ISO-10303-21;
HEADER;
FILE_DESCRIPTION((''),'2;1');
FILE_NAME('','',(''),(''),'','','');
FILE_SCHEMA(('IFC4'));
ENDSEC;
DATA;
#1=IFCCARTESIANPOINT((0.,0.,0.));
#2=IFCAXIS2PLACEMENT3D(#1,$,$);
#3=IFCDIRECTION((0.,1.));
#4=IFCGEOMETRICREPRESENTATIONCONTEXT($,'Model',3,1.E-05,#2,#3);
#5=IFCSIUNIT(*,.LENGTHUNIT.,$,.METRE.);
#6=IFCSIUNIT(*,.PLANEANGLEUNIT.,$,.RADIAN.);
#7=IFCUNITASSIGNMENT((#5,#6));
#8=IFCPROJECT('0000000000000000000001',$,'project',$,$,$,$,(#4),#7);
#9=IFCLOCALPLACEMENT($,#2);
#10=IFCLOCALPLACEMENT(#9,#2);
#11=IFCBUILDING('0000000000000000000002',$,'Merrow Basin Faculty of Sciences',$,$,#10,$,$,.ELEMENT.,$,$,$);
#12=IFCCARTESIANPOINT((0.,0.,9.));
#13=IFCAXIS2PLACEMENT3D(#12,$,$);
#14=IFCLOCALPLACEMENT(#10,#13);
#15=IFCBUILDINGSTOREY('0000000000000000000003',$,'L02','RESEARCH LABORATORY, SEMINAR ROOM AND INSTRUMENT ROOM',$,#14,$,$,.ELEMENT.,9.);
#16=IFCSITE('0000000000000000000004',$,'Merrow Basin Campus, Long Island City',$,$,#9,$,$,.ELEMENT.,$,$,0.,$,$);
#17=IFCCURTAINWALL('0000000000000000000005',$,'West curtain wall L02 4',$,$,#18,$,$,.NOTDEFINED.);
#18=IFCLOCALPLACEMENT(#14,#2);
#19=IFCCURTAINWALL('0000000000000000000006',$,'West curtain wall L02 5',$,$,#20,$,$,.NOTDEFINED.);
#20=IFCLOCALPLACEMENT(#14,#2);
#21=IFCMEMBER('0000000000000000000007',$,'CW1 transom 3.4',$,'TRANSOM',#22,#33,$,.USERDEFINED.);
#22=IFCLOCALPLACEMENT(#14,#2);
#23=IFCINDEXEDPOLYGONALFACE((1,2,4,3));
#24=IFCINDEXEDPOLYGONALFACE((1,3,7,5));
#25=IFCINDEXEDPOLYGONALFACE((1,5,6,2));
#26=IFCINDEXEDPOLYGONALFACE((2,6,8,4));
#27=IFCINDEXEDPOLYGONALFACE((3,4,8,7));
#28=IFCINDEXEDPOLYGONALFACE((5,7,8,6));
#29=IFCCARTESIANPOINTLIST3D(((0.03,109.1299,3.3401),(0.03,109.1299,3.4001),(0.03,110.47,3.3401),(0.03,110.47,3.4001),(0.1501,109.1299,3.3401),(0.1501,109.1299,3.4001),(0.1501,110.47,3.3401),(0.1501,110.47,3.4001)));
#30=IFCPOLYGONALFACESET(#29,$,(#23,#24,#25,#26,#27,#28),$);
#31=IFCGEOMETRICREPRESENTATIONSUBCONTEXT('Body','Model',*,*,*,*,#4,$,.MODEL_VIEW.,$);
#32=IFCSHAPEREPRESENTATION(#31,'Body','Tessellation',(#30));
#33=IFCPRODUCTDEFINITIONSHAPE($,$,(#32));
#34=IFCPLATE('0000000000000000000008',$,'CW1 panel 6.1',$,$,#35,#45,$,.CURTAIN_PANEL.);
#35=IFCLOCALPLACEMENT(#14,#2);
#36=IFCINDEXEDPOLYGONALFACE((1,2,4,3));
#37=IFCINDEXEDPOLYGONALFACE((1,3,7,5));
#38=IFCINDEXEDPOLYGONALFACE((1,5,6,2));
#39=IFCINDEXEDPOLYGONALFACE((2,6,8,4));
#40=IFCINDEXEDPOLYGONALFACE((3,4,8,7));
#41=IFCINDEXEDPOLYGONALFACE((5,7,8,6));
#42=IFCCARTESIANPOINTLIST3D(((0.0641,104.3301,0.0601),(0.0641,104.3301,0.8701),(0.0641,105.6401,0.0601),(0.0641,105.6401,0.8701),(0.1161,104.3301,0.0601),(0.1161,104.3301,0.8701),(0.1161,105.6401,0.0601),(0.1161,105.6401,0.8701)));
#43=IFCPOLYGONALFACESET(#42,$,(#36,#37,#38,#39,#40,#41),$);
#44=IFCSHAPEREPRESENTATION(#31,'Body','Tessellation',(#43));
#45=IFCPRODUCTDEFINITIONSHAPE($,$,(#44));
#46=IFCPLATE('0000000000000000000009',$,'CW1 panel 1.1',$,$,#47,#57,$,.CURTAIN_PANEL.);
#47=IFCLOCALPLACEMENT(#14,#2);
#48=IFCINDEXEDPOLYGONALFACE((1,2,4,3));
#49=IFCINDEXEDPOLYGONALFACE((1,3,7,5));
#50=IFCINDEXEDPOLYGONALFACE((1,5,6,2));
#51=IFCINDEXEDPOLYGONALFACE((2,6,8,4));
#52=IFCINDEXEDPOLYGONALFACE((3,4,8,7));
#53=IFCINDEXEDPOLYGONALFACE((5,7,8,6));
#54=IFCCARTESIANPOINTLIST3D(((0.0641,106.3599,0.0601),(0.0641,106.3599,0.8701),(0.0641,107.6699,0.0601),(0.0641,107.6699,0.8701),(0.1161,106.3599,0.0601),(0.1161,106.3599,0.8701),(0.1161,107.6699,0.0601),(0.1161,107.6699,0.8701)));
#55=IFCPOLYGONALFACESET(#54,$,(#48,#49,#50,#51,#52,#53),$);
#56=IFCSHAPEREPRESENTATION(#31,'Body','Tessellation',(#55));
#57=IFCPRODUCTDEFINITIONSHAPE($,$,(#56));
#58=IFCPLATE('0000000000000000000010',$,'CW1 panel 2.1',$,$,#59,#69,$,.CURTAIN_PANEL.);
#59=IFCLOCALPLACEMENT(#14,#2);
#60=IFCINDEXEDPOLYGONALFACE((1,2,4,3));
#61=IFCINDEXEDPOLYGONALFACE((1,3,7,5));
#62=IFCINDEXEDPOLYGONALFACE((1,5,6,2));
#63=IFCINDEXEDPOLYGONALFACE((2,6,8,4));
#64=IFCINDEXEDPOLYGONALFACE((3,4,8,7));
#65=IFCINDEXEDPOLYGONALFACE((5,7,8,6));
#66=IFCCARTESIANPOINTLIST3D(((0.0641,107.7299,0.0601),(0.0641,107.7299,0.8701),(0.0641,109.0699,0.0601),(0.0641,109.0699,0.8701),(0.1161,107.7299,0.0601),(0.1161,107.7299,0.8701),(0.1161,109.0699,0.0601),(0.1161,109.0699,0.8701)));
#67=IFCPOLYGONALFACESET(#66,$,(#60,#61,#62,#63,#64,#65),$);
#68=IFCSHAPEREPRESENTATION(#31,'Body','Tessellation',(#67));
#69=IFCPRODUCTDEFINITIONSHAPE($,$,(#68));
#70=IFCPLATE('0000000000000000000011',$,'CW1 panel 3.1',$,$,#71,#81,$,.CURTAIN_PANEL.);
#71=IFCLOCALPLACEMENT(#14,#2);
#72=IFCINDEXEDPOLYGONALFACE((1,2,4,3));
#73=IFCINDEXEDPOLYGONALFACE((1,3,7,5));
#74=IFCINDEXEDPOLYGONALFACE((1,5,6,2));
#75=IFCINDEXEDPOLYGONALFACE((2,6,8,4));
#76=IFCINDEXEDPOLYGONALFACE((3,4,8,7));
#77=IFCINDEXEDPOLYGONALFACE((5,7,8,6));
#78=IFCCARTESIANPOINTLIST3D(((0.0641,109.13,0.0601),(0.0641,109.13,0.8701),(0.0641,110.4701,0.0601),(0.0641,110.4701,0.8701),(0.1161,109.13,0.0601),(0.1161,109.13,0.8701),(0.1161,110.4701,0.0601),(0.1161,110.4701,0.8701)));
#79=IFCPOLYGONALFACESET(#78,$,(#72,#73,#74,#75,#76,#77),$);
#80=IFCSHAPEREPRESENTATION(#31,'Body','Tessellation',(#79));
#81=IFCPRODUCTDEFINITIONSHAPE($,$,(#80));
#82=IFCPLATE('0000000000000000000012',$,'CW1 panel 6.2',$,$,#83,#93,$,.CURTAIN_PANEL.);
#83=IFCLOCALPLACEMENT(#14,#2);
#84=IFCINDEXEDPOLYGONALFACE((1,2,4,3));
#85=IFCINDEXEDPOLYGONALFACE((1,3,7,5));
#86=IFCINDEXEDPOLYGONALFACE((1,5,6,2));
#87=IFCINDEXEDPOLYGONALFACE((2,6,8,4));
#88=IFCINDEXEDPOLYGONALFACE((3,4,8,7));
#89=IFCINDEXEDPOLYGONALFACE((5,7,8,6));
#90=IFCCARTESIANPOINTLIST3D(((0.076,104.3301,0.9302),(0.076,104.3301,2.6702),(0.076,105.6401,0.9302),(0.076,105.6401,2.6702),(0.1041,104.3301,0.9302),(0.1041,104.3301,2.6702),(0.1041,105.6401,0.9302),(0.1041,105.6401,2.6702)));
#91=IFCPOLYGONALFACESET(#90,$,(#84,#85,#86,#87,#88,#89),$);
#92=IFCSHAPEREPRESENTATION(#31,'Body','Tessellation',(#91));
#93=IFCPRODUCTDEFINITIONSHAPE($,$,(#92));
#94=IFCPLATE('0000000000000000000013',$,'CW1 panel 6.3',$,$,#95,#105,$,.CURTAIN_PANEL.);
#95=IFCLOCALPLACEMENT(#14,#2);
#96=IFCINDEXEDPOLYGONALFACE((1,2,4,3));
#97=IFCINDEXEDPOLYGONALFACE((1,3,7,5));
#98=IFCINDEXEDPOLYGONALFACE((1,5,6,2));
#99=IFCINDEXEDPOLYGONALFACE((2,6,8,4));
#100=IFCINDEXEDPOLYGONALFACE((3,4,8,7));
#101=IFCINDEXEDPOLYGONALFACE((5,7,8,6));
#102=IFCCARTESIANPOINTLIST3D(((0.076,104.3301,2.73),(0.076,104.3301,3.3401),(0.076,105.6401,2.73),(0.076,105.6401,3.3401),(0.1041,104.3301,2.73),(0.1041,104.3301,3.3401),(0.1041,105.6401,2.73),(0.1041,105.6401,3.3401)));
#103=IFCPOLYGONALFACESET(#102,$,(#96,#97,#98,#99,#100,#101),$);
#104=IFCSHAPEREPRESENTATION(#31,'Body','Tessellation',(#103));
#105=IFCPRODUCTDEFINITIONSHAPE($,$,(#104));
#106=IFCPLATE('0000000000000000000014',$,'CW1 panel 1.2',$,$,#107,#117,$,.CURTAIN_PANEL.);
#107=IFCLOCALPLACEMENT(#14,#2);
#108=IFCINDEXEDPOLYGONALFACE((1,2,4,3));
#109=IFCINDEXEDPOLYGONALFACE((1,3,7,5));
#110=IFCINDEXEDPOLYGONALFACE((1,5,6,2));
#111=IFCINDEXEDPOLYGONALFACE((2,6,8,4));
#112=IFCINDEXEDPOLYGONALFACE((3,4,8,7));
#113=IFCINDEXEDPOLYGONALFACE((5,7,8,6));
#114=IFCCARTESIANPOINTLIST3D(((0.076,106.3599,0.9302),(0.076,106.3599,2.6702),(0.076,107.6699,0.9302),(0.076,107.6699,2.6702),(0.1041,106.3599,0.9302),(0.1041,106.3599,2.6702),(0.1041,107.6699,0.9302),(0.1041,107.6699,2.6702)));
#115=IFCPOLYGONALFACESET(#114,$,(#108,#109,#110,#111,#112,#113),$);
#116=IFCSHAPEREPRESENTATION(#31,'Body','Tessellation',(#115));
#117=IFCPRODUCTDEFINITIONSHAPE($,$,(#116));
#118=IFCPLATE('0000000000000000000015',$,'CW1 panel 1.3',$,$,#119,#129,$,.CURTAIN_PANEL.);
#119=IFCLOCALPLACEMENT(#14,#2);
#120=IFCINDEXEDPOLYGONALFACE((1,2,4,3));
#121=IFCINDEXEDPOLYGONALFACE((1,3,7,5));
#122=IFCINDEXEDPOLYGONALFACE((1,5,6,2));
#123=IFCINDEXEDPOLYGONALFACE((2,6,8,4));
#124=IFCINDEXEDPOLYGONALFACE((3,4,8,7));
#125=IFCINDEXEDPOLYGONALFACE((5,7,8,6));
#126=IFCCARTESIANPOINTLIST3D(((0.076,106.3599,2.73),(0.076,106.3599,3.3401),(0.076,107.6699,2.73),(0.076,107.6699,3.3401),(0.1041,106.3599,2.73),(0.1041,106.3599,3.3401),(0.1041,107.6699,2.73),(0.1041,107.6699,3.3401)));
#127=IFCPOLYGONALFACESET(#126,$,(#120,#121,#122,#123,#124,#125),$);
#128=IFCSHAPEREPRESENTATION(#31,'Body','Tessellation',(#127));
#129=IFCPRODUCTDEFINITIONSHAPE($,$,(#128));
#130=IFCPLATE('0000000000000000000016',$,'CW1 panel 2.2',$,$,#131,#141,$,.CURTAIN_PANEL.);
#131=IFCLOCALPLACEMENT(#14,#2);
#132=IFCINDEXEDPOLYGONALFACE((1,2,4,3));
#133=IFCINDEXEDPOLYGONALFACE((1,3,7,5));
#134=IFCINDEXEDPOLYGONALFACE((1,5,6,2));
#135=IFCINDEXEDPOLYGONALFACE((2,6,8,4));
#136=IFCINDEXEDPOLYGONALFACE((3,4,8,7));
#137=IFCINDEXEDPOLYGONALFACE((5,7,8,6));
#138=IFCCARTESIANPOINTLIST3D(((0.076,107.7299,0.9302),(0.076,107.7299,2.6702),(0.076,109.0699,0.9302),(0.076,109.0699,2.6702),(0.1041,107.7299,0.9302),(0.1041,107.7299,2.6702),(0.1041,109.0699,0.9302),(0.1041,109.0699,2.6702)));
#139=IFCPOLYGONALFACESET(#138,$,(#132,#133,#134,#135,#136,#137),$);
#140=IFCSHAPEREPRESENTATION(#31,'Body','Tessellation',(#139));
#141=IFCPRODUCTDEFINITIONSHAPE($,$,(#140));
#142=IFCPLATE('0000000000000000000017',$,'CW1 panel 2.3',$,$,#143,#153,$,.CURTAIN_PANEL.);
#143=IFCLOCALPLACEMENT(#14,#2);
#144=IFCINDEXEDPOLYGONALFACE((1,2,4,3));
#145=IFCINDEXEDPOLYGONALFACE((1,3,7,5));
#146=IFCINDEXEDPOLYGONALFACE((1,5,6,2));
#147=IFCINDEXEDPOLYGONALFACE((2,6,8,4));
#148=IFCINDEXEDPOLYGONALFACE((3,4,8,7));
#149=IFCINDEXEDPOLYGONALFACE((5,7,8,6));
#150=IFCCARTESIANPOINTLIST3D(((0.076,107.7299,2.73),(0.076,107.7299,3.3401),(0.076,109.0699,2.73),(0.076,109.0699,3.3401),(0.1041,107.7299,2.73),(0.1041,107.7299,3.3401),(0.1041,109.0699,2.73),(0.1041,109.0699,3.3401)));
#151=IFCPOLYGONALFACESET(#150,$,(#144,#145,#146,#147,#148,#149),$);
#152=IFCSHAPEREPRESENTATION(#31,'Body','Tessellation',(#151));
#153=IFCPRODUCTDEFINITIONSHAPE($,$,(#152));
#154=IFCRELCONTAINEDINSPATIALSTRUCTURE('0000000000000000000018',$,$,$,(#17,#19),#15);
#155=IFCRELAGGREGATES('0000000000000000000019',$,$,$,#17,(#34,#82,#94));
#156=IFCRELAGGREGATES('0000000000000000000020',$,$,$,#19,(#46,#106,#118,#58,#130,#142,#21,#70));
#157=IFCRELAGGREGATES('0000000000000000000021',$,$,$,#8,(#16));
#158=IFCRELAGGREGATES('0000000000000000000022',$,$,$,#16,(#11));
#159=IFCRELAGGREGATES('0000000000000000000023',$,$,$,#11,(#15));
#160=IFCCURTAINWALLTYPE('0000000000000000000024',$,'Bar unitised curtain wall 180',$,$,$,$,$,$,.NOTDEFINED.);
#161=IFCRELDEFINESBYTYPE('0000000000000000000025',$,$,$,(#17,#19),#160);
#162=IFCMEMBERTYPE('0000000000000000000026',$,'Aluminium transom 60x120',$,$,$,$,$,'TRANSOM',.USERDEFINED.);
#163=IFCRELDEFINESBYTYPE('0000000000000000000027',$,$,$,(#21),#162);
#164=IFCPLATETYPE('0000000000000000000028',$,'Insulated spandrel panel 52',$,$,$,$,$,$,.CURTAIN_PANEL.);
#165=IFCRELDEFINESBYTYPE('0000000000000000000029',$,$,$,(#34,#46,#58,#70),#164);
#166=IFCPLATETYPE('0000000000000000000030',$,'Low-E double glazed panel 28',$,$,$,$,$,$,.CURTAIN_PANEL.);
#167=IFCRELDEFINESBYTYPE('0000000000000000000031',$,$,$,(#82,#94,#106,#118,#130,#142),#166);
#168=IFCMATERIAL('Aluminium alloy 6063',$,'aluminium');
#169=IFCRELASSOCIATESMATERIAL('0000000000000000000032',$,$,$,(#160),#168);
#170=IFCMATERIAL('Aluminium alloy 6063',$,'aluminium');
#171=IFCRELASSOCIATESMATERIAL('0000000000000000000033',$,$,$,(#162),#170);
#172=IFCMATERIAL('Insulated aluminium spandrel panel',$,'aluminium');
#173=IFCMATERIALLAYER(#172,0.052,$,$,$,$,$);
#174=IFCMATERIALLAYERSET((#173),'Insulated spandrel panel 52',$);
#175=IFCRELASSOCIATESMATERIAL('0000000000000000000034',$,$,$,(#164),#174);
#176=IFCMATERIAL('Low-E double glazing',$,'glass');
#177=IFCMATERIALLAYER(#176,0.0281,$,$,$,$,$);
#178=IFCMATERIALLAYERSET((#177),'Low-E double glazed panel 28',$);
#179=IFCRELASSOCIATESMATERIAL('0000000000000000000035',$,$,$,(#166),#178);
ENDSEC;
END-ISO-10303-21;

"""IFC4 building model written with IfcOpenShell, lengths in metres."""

from ifc_helpers import new_model, si_unit, direction, frame, origin, origin_2d, place, context, subcontext, project, spatial, rectangle, extrude, material, layer, layer_set, material_profile, profile_set, type_object, element, aggregate, save


model = new_model("IFC4")

# Units and contexts
model_context = context("Model", 3, precision=1e-05, world=origin(), true_north=direction((0.0, 1.0)))
body_context = subcontext(model_context, "Body", "Model", "MODEL_VIEW")
ifc_project = project(units=[si_unit("LENGTHUNIT", "METRE"), si_unit("PLANEANGLEUNIT", "RADIAN")], contexts=[model_context])

# Site, building, storey
site_placement = place(None, origin())
site = spatial("IfcSite", under=ifc_project, at=site_placement, Name="Merrow Basin Campus, Long Island City", CompositionType="ELEMENT", RefElevation=0.0)
building_placement = place(site_placement, origin())
building = spatial("IfcBuilding", under=site, at=building_placement, Name="Merrow Basin Faculty of Sciences", CompositionType="ELEMENT")
storey_placement = place(building_placement, frame((0.0, 0.0, 9.0)))
storey = spatial("IfcBuildingStorey", under=building, at=storey_placement, Name="L02", Description="RESEARCH LABORATORY, SEMINAR ROOM AND INSTRUMENT ROOM", CompositionType="ELEMENT", Elevation=9.0)

# Curtain wall
ifc_material_1 = material(Name="Aluminium alloy 6063", Category="aluminium")
curtain_wall_type = type_object("IfcCurtainWallType", Name="Bar unitised curtain wall 180", PredefinedType="NOTDEFINED", material=ifc_material_1)
curtain_wall_1_placement = place(storey_placement, origin())
curtain_wall_1 = element("IfcCurtainWall", 1, at=curtain_wall_1_placement, inside=storey, type_object=curtain_wall_type, Name="West curtain wall L02 4", PredefinedType="NOTDEFINED")

# Curtain wall, member
curtain_wall_2_placement = place(storey_placement, origin())
curtain_wall_2 = element("IfcCurtainWall", 2, at=curtain_wall_2_placement, inside=storey, type_object=curtain_wall_type, Name="West curtain wall L02 5", PredefinedType="NOTDEFINED")
ifc_material_2 = material(Name="Aluminium alloy 6063", Category="aluminium")
ifc_material_profile_1 = material_profile(ifc_material_2, rectangle(XDim=0.1201, YDim=0.0601, at=origin_2d()))
ifc_profile_set_1 = profile_set([ifc_material_profile_1], Name="Aluminium alloy 6063")
member_type_1 = type_object("IfcMemberType", Name="Aluminium transom 60x120", ElementType="TRANSOM", PredefinedType="USERDEFINED", material=ifc_profile_set_1)
member_1_placement = place(storey_placement, frame((0.0901, 109.1299, 3.3701), z_axis=(0.0, 1.0, 0.0), x_axis=(-1.0, 0.0, 0.0)))
member_1 = element("IfcMember", 3, at=member_1_placement, type_object=member_type_1, Name="CW1 transom 3.4", ObjectType="TRANSOM", PredefinedType="USERDEFINED", context=body_context, shape_type="SweptSolid", body=[
    extrude(rectangle(XDim=0.1201, YDim=0.0601, at=origin_2d()), origin(), (0.0, 0.0, 1.0), 1.3401),
])

# Plates
ifc_material_3 = material(Name="Insulated aluminium spandrel panel", Category="aluminium")
ifc_layer_1 = layer(ifc_material_3, 0.052)
ifc_layer_set_1 = layer_set([ifc_layer_1], Name="Insulated spandrel panel 52")
plate_type_1 = type_object("IfcPlateType", Name="Insulated spandrel panel 52", PredefinedType="CURTAIN_PANEL", material=ifc_layer_set_1)
plate_1_placement = place(storey_placement, frame((0.0901, 104.9851, 0.0601), z_axis=(0.0, 0.0, 1.0), x_axis=(0.0, 1.0, 0.0)))
plate_1 = element("IfcPlate", 4, at=plate_1_placement, type_object=plate_type_1, Name="CW1 panel 6.1", PredefinedType="CURTAIN_PANEL", context=body_context, shape_type="SweptSolid", body=[
    extrude(rectangle(XDim=1.3101, YDim=0.052, at=origin_2d()), origin(), (0.0, 0.0, 1.0), 0.8101),
])
plate_2_placement = place(storey_placement, frame((0.0901, 107.0149, 0.0601), z_axis=(0.0, 0.0, 1.0), x_axis=(0.0, 1.0, 0.0)))
plate_2 = element("IfcPlate", 5, at=plate_2_placement, type_object=plate_type_1, Name="CW1 panel 1.1", PredefinedType="CURTAIN_PANEL", context=body_context, shape_type="SweptSolid", body=[
    extrude(rectangle(XDim=1.3101, YDim=0.052, at=origin_2d()), origin(), (0.0, 0.0, 1.0), 0.8101),
])
plate_3_placement = place(storey_placement, frame((0.0901, 108.3999, 0.0601), z_axis=(0.0, 0.0, 1.0), x_axis=(0.0, 1.0, 0.0)))
plate_3 = element("IfcPlate", 6, at=plate_3_placement, type_object=plate_type_1, Name="CW1 panel 2.1", PredefinedType="CURTAIN_PANEL", context=body_context, shape_type="SweptSolid", body=[
    extrude(rectangle(XDim=1.3401, YDim=0.052, at=origin_2d()), origin(), (0.0, 0.0, 1.0), 0.8101),
])
plate_4_placement = place(storey_placement, frame((0.0901, 109.8, 0.0601), z_axis=(0.0, 0.0, 1.0), x_axis=(0.0, 1.0, 0.0)))
plate_4 = element("IfcPlate", 7, at=plate_4_placement, type_object=plate_type_1, Name="CW1 panel 3.1", PredefinedType="CURTAIN_PANEL", context=body_context, shape_type="SweptSolid", body=[
    extrude(rectangle(XDim=1.3401, YDim=0.052, at=origin_2d()), origin(), (0.0, 0.0, 1.0), 0.8101),
])
ifc_material_4 = material(Name="Low-E double glazing", Category="glass")
ifc_layer_2 = layer(ifc_material_4, 0.0281)
ifc_layer_set_2 = layer_set([ifc_layer_2], Name="Low-E double glazed panel 28")
plate_type_2 = type_object("IfcPlateType", Name="Low-E double glazed panel 28", PredefinedType="CURTAIN_PANEL", material=ifc_layer_set_2)
plate_5_placement = place(storey_placement, frame((0.0901, 104.9851, 0.9302), z_axis=(0.0, 0.0, 1.0), x_axis=(0.0, 1.0, 0.0)))
plate_5 = element("IfcPlate", 8, at=plate_5_placement, type_object=plate_type_2, Name="CW1 panel 6.2", PredefinedType="CURTAIN_PANEL", context=body_context, shape_type="SweptSolid", body=[
    extrude(rectangle(XDim=1.3101, YDim=0.0281, at=origin_2d()), origin(), (0.0, 0.0, 1.0), 1.74),
])
plate_6_placement = place(storey_placement, frame((0.0901, 104.9851, 2.73), z_axis=(0.0, 0.0, 1.0), x_axis=(0.0, 1.0, 0.0)))
plate_6 = element("IfcPlate", 9, at=plate_6_placement, type_object=plate_type_2, Name="CW1 panel 6.3", PredefinedType="CURTAIN_PANEL", context=body_context, shape_type="SweptSolid", body=[
    extrude(rectangle(XDim=1.3101, YDim=0.0281, at=origin_2d()), origin(), (0.0, 0.0, 1.0), 0.6101),
])
aggregate(curtain_wall_1, [plate_1, plate_5, plate_6])
plate_7_placement = place(storey_placement, frame((0.0901, 107.0149, 0.9302), z_axis=(0.0, 0.0, 1.0), x_axis=(0.0, 1.0, 0.0)))
plate_7 = element("IfcPlate", 10, at=plate_7_placement, type_object=plate_type_2, Name="CW1 panel 1.2", PredefinedType="CURTAIN_PANEL", context=body_context, shape_type="SweptSolid", body=[
    extrude(rectangle(XDim=1.3101, YDim=0.0281, at=origin_2d()), origin(), (0.0, 0.0, 1.0), 1.74),
])
plate_8_placement = place(storey_placement, frame((0.0901, 107.0149, 2.73), z_axis=(0.0, 0.0, 1.0), x_axis=(0.0, 1.0, 0.0)))
plate_8 = element("IfcPlate", 11, at=plate_8_placement, type_object=plate_type_2, Name="CW1 panel 1.3", PredefinedType="CURTAIN_PANEL", context=body_context, shape_type="SweptSolid", body=[
    extrude(rectangle(XDim=1.3101, YDim=0.0281, at=origin_2d()), origin(), (0.0, 0.0, 1.0), 0.6101),
])
plate_9_placement = place(storey_placement, frame((0.0901, 108.3999, 0.9302), z_axis=(0.0, 0.0, 1.0), x_axis=(0.0, 1.0, 0.0)))
plate_9 = element("IfcPlate", 12, at=plate_9_placement, type_object=plate_type_2, Name="CW1 panel 2.2", PredefinedType="CURTAIN_PANEL", context=body_context, shape_type="SweptSolid", body=[
    extrude(rectangle(XDim=1.3401, YDim=0.0281, at=origin_2d()), origin(), (0.0, 0.0, 1.0), 1.74),
])
plate_10_placement = place(storey_placement, frame((0.0901, 108.3999, 2.73), z_axis=(0.0, 0.0, 1.0), x_axis=(0.0, 1.0, 0.0)))
plate_10 = element("IfcPlate", 13, at=plate_10_placement, type_object=plate_type_2, Name="CW1 panel 2.3", PredefinedType="CURTAIN_PANEL", context=body_context, shape_type="SweptSolid", body=[
    extrude(rectangle(XDim=1.3401, YDim=0.0281, at=origin_2d()), origin(), (0.0, 0.0, 1.0), 0.6101),
])
aggregate(curtain_wall_2, [plate_2, plate_7, plate_8, plate_3, plate_9, plate_10, member_1, plate_4])

save(model, "model.ifc")
